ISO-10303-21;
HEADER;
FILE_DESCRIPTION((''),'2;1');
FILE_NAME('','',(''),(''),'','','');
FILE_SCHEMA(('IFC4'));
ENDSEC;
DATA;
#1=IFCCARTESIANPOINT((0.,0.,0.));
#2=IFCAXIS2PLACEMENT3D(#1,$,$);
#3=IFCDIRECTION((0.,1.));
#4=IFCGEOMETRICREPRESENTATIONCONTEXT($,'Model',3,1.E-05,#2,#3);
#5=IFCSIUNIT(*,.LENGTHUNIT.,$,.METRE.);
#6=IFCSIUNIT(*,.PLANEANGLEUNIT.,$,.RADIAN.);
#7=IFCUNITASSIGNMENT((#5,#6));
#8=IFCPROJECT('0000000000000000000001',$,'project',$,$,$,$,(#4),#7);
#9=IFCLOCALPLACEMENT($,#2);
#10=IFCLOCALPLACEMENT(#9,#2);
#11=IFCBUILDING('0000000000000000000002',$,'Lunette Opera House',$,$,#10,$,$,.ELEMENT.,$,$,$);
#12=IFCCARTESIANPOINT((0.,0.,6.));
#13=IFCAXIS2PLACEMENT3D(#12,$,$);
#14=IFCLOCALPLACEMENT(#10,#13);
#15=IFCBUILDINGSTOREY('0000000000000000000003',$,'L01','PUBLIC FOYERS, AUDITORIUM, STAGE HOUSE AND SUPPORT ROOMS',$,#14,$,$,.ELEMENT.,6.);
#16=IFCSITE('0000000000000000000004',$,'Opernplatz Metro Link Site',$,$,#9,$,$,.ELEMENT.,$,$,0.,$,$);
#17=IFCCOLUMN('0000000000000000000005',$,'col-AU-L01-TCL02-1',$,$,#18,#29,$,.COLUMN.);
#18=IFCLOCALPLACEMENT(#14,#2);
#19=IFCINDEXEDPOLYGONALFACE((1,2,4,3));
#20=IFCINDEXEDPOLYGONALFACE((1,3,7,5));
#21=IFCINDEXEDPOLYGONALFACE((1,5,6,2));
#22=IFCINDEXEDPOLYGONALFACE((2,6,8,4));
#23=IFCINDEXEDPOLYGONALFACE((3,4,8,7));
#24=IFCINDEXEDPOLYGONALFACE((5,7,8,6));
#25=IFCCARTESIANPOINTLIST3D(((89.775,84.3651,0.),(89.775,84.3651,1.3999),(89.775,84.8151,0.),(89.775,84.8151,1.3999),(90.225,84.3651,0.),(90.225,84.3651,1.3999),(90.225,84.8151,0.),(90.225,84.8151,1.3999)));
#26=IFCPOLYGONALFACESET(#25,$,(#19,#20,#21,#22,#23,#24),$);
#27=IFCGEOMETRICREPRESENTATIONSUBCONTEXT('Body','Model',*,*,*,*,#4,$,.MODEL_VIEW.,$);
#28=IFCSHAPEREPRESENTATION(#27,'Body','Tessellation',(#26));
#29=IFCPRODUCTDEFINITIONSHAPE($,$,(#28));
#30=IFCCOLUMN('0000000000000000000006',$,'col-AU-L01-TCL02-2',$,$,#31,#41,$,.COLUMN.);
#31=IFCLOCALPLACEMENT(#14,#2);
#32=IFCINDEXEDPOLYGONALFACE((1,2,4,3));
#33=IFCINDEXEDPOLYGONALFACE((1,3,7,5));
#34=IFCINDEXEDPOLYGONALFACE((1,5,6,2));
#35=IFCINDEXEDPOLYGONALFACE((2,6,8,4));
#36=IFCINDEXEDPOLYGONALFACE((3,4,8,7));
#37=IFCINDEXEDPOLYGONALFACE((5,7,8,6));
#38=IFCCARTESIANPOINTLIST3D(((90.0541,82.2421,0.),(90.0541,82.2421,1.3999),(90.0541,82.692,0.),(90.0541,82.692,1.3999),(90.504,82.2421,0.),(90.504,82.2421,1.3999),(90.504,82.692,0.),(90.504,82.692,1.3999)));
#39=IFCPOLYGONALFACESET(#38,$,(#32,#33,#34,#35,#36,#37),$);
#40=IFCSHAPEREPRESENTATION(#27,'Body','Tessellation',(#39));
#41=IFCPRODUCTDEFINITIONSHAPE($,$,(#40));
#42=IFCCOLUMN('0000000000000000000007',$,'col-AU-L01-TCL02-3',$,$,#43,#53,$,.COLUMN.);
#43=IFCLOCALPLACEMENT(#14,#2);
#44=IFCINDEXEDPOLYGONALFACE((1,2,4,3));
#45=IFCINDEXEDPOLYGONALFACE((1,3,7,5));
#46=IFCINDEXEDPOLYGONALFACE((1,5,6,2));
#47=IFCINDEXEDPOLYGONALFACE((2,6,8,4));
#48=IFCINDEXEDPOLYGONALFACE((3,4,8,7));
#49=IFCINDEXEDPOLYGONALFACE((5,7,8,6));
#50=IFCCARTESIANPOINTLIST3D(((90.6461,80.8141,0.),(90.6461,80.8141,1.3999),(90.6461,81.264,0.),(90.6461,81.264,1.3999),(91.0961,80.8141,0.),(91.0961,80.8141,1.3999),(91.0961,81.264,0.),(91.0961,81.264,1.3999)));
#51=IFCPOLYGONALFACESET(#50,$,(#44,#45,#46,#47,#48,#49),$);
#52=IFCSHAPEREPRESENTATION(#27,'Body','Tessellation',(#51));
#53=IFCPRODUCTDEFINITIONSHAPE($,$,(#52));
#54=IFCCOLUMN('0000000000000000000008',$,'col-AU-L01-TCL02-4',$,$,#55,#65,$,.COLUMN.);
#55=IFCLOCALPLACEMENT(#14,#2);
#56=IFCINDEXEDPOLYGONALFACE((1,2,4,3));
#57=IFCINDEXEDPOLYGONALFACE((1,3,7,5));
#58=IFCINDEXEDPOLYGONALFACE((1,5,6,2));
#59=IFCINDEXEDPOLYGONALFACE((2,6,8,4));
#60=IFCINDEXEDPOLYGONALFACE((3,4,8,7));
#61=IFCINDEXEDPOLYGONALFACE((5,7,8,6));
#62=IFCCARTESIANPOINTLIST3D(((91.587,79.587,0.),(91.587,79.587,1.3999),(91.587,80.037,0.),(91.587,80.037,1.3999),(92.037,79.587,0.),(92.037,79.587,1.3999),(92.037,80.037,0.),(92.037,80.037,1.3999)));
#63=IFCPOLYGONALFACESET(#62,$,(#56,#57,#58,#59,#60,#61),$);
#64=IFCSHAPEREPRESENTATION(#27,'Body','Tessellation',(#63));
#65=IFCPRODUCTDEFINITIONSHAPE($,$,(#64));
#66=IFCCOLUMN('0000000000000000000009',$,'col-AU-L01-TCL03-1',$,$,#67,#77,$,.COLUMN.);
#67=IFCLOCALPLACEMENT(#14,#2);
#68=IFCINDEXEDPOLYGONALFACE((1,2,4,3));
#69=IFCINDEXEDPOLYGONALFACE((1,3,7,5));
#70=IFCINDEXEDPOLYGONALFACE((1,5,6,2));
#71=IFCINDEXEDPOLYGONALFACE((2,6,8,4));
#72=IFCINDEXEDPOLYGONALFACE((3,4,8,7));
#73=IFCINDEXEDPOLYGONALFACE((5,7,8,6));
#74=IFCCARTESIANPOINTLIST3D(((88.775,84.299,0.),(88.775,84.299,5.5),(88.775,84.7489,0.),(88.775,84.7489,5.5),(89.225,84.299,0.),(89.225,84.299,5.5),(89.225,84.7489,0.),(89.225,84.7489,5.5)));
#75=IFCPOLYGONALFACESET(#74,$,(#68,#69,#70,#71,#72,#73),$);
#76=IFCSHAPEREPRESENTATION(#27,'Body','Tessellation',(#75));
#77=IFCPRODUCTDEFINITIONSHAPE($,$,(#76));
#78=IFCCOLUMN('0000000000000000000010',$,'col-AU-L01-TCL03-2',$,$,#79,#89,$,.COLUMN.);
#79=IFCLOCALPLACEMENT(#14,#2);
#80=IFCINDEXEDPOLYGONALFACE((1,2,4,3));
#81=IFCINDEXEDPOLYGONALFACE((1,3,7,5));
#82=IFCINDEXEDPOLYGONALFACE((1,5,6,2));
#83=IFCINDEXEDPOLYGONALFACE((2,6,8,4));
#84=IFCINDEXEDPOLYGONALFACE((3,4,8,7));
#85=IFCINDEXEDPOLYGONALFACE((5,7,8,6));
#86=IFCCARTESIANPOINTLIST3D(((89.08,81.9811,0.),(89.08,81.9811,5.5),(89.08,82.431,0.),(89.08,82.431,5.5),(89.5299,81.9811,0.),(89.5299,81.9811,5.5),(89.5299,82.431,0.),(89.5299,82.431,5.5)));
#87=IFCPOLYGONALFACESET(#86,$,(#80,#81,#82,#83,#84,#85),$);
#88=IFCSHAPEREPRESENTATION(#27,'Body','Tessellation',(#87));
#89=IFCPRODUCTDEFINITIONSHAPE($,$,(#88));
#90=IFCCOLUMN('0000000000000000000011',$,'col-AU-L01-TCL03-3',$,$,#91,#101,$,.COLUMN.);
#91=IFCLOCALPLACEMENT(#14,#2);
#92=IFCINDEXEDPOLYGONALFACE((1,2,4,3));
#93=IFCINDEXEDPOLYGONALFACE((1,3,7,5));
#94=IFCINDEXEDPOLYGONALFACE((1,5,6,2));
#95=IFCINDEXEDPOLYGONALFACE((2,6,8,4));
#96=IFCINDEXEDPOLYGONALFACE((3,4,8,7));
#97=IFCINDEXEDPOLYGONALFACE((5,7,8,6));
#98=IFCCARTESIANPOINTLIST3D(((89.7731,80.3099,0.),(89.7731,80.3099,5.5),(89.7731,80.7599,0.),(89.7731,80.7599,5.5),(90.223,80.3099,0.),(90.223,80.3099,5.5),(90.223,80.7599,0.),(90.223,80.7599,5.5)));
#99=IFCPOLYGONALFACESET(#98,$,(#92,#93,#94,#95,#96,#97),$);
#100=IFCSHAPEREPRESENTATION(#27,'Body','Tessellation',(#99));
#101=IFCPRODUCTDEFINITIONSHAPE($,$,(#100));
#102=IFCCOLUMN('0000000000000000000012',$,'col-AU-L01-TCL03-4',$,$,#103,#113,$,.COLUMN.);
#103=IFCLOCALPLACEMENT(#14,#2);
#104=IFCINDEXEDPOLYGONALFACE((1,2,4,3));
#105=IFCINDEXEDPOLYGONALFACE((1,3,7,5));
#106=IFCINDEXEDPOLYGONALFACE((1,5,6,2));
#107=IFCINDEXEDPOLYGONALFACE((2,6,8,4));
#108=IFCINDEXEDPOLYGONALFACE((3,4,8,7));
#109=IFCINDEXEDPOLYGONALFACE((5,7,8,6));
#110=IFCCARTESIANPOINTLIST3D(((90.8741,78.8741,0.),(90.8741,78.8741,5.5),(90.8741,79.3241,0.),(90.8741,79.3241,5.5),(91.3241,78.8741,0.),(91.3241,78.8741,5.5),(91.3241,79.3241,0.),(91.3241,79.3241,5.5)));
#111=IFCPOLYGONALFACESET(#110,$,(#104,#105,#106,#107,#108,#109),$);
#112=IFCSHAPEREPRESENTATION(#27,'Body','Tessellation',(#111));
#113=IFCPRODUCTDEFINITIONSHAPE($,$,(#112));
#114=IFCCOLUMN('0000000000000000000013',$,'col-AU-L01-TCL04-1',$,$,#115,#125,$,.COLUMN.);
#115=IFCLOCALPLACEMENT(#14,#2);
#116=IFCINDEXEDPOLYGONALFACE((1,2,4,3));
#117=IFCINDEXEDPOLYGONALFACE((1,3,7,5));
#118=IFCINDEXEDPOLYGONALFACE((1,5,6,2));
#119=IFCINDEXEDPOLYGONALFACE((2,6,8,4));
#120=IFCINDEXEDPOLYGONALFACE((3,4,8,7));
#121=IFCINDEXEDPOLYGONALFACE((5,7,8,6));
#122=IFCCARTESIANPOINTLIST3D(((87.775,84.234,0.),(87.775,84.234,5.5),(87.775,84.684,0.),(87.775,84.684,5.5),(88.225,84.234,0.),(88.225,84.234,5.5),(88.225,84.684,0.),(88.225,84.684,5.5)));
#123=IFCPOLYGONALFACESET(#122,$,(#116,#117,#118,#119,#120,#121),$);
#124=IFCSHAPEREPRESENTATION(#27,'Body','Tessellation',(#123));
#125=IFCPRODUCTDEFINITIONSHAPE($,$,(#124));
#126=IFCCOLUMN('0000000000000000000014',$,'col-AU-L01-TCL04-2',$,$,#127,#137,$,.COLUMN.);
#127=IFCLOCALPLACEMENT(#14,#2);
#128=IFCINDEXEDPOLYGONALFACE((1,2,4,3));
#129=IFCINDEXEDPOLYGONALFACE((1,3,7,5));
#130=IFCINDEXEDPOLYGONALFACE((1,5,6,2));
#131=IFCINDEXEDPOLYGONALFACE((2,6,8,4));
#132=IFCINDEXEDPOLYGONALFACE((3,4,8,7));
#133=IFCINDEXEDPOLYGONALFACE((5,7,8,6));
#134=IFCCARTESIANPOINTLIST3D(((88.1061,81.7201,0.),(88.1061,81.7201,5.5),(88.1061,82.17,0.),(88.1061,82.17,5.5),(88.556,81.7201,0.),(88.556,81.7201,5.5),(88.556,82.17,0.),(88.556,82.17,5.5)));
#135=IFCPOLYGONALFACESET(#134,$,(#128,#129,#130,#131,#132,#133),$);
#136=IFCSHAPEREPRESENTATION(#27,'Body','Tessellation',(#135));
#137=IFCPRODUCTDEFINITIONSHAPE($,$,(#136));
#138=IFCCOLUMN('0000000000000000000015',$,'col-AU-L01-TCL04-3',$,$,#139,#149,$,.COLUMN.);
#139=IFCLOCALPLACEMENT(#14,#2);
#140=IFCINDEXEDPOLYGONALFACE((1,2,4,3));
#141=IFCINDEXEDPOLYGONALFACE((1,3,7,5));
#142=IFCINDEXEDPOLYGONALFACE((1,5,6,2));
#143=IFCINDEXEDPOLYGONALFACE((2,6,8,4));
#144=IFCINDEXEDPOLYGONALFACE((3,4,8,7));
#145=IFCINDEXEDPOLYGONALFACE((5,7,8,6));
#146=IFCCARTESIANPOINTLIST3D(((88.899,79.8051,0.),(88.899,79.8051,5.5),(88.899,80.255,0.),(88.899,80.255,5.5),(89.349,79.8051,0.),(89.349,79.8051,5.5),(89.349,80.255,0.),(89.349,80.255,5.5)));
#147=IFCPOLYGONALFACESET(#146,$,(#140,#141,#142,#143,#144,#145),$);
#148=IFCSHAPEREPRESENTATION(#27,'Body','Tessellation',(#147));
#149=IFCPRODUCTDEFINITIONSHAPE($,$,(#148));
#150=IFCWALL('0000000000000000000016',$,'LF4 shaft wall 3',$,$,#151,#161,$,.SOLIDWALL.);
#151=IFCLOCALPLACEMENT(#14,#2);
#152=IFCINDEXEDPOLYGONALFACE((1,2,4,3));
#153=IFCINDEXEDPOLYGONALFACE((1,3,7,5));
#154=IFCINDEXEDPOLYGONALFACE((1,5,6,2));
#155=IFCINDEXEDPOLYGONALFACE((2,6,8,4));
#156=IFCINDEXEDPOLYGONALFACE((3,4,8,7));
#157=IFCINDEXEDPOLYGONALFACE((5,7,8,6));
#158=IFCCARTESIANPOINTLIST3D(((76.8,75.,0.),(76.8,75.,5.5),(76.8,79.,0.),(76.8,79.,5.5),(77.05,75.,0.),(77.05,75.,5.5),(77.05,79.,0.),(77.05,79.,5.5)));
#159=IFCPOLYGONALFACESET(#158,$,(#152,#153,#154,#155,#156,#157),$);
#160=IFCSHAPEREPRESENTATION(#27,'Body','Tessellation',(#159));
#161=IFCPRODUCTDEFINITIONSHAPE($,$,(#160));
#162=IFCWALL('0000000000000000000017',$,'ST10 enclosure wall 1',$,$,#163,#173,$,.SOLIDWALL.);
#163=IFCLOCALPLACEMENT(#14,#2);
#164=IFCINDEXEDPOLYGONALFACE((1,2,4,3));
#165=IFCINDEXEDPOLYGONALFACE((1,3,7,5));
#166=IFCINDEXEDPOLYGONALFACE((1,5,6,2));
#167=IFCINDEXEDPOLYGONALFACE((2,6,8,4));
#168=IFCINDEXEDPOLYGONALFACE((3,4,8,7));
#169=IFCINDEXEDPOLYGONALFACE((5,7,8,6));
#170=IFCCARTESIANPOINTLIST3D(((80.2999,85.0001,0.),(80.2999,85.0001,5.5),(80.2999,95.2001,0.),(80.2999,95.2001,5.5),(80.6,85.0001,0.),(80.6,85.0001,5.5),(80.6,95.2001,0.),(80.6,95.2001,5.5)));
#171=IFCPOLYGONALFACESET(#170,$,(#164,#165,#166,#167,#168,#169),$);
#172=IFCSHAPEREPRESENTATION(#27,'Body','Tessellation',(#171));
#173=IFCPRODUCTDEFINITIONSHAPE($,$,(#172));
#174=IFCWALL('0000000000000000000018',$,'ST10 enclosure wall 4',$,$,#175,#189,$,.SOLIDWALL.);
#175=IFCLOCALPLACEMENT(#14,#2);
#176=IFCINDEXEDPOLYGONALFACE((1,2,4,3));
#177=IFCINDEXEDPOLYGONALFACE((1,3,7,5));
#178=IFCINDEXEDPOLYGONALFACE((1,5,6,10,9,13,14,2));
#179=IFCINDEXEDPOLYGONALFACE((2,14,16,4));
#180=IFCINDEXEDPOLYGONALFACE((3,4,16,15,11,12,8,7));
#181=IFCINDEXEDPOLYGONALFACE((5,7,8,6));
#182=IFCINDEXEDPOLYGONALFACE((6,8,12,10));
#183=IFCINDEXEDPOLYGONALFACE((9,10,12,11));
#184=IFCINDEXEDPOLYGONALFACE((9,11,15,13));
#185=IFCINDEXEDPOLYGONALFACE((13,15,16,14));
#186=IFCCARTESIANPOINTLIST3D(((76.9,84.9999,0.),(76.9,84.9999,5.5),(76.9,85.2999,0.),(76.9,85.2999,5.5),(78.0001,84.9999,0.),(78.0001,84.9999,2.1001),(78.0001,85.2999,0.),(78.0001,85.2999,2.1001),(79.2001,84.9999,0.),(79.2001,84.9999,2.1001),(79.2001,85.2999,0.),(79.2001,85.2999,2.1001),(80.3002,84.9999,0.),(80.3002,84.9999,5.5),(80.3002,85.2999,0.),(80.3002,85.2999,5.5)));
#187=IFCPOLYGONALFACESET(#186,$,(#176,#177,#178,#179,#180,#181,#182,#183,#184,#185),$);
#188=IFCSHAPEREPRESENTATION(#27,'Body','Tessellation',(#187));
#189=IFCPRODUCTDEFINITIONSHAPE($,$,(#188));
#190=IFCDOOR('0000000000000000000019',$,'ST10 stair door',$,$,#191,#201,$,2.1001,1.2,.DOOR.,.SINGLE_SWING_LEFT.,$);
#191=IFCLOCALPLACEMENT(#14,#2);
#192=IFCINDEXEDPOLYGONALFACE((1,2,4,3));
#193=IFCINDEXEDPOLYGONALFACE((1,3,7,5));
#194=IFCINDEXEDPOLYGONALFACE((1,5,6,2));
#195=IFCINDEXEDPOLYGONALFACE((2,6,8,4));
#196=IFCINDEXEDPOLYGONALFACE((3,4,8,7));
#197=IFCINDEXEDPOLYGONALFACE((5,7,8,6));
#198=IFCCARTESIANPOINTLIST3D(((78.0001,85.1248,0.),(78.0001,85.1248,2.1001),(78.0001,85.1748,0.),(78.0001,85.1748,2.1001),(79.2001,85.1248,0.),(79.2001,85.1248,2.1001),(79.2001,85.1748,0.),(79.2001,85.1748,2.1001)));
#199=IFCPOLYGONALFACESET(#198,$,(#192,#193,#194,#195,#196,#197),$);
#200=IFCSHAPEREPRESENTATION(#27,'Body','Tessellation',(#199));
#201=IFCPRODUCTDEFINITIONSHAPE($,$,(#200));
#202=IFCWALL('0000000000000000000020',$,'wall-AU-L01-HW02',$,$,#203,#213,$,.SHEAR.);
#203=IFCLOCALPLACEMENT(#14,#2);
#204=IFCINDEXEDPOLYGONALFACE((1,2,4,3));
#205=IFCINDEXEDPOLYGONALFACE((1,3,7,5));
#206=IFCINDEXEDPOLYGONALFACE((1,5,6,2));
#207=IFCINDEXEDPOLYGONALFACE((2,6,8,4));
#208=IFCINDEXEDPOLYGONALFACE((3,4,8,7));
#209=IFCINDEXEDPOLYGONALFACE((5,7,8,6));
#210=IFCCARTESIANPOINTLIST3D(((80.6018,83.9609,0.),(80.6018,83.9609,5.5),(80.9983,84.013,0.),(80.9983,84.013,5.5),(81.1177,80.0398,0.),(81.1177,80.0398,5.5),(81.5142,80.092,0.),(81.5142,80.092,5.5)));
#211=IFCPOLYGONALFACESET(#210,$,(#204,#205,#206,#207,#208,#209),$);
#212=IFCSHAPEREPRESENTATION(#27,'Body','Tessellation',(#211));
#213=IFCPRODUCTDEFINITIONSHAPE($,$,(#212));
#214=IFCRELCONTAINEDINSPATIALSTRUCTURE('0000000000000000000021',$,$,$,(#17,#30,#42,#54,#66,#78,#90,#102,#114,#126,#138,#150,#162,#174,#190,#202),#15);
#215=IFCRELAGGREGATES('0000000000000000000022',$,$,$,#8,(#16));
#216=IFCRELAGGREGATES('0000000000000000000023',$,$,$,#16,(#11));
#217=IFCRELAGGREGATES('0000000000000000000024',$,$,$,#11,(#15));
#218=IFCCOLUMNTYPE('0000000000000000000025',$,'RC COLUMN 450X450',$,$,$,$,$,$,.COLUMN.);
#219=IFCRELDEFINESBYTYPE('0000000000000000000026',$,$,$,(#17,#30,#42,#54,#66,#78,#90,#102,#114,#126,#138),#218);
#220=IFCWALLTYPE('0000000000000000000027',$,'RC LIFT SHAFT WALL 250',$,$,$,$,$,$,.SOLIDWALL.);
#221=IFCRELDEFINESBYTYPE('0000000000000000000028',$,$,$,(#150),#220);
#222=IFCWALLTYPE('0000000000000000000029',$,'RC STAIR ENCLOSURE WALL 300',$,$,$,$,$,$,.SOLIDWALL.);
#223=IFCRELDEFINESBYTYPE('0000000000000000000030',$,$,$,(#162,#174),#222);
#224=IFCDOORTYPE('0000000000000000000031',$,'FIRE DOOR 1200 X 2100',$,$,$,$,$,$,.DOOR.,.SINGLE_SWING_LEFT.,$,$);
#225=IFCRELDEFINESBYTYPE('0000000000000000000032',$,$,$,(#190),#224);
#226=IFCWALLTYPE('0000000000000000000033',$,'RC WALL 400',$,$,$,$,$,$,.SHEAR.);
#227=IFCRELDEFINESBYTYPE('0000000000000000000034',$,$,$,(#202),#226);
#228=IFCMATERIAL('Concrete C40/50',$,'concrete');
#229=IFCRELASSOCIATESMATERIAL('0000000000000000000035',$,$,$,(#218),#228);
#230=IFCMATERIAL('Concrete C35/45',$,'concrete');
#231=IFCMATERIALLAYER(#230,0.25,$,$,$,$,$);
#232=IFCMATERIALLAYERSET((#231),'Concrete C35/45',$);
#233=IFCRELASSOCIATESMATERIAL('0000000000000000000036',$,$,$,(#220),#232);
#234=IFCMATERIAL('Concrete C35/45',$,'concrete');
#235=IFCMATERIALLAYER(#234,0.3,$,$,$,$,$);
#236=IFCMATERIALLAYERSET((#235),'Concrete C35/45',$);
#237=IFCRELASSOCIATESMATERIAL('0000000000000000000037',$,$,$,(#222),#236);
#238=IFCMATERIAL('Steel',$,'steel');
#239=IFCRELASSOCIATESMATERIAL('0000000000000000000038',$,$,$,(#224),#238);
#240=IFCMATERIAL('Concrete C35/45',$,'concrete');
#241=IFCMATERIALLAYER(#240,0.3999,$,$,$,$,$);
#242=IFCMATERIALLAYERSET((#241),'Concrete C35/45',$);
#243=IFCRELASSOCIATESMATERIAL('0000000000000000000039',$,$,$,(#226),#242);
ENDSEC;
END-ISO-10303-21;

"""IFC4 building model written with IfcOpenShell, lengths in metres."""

from ifc_helpers import new_model, si_unit, direction, frame, frame_2d, origin, origin_2d, place, context, subcontext, project, spatial, rectangle, extrude, material, layer, layer_set, material_profile, profile_set, type_object, element, fill, save


model = new_model("IFC4")

# Units and contexts
model_context = context("Model", 3, precision=1e-05, world=origin(), true_north=direction((0.0, 1.0)))
body_context = subcontext(model_context, "Body", "Model", "MODEL_VIEW")
ifc_project = project(units=[si_unit("LENGTHUNIT", "METRE"), si_unit("PLANEANGLEUNIT", "RADIAN")], contexts=[model_context])

# Site, building, storey
site_placement = place(None, origin())
site = spatial("IfcSite", under=ifc_project, at=site_placement, Name="Opernplatz Metro Link Site", CompositionType="ELEMENT", RefElevation=0.0)
building_placement = place(site_placement, origin())
building = spatial("IfcBuilding", under=site, at=building_placement, Name="Lunette Opera House", CompositionType="ELEMENT")
storey_placement = place(building_placement, frame((0.0, 0.0, 6.0)))
storey = spatial("IfcBuildingStorey", under=building, at=storey_placement, Name="L01", Description="PUBLIC FOYERS, AUDITORIUM, STAGE HOUSE AND SUPPORT ROOMS", CompositionType="ELEMENT", Elevation=6.0)

# Columns
ifc_material_1 = material(Name="Concrete C40/50", Category="concrete")
ifc_material_profile = material_profile(ifc_material_1, rectangle(XDim=0.45, YDim=0.45, at=origin_2d()), Name="RC COLUMN 450X450")
ifc_profile_set = profile_set([ifc_material_profile], Name="Concrete C40/50")
column_type = type_object("IfcColumnType", Name="RC COLUMN 450X450", PredefinedType="COLUMN", material=ifc_profile_set)
for number, where, z_axis, x_axis, name in (
    (1, (90.0, 84.5901, 0.0), (0.0, 0.0, 1.0), (1.0, 0.0, 0.0), "col-AU-L01-TCL02-1"),
    (2, (90.2791, 82.467, 0.0), (0.0, 0.0, 1.0), (1.0, 0.0, 0.0), "col-AU-L01-TCL02-2"),
    (3, (90.8711, 81.0391, 0.0), (0.0, 0.0, 1.0), (1.0, 0.0, 0.0), "col-AU-L01-TCL02-3"),
    (4, (91.812, 79.812, 0.0), (0.0, 0.0, 1.0), (1.0, 0.0, 0.0), "col-AU-L01-TCL02-4"),
):
    element("IfcColumn", number, at=place(storey_placement, frame(where, z_axis=z_axis, x_axis=x_axis)), inside=storey, type_object=column_type, Name=name, PredefinedType="COLUMN", context=body_context, shape_type="SweptSolid", body=[
        extrude(rectangle(XDim=0.45, YDim=0.45, at=origin_2d()), origin(), (0.0, 0.0, 1.0), 1.3999),
    ])
for number, where, z_axis, x_axis, name in (
    (5, (89.0, 84.5239, 0.0), (0.0, 0.0, 1.0), (1.0, 0.0, 0.0), "col-AU-L01-TCL03-1"),
    (6, (89.3049, 82.2061, 0.0), (0.0, 0.0, 1.0), (1.0, 0.0, 0.0), "col-AU-L01-TCL03-2"),
    (7, (89.998, 80.5349, 0.0), (0.0, 0.0, 1.0), (1.0, 0.0, 0.0), "col-AU-L01-TCL03-3"),
    (8, (91.0991, 79.0991, 0.0), (0.0, 0.0, 1.0), (1.0, 0.0, 0.0), "col-AU-L01-TCL03-4"),
    (9, (88.0, 84.459, 0.0), (0.0, 0.0, 1.0), (1.0, 0.0, 0.0), "col-AU-L01-TCL04-1"),
    (10, (88.3311, 81.9451, 0.0), (0.0, 0.0, 1.0), (1.0, 0.0, 0.0), "col-AU-L01-TCL04-2"),
    (11, (89.124, 80.03, 0.0), (0.0, 0.0, 1.0), (1.0, 0.0, 0.0), "col-AU-L01-TCL04-3"),
):
    element("IfcColumn", number, at=place(storey_placement, frame(where, z_axis=z_axis, x_axis=x_axis)), inside=storey, type_object=column_type, Name=name, PredefinedType="COLUMN", context=body_context, shape_type="SweptSolid", body=[
        extrude(rectangle(XDim=0.45, YDim=0.45, at=origin_2d()), origin(), (0.0, 0.0, 1.0), 5.5),
    ])

# Walls
ifc_material_2 = material(Name="Concrete C35/45", Category="concrete")
ifc_layer_1 = layer(ifc_material_2, 0.25)
ifc_layer_set_1 = layer_set([ifc_layer_1], Name="Concrete C35/45")
wall_type_1 = type_object("IfcWallType", Name="RC LIFT SHAFT WALL 250", PredefinedType="SOLIDWALL", material=ifc_layer_set_1)
wall_1_placement = place(storey_placement, frame((76.925, 79.0, 0.0), z_axis=(0.0, 0.0, 1.0), x_axis=(0.0, -1.0, 0.0)))
element("IfcWall", 12, at=wall_1_placement, inside=storey, type_object=wall_type_1, Name="LF4 shaft wall 3", PredefinedType="SOLIDWALL", context=body_context, shape_type="SweptSolid", body=[
    extrude(rectangle(XDim=4.0, YDim=0.25, at=frame_2d((2.0, 0.0))), origin(), (0.0, 0.0, 1.0), 5.5),
])
ifc_material_3 = material(Name="Concrete C35/45", Category="concrete")
ifc_layer_2 = layer(ifc_material_3, 0.3)
ifc_layer_set_2 = layer_set([ifc_layer_2], Name="Concrete C35/45")
wall_type_2 = type_object("IfcWallType", Name="RC STAIR ENCLOSURE WALL 300", PredefinedType="SOLIDWALL", material=ifc_layer_set_2)
wall_2_placement = place(storey_placement, frame((80.45, 85.0, 0.0), z_axis=(0.0, 0.0, 1.0), x_axis=(0.0, 1.0, 0.0)))
element("IfcWall", 13, at=wall_2_placement, inside=storey, type_object=wall_type_2, Name="ST10 enclosure wall 1", PredefinedType="SOLIDWALL", context=body_context, shape_type="SweptSolid", body=[
    extrude(rectangle(XDim=10.2, YDim=0.3, at=frame_2d((5.1001, 0.0))), origin(), (0.0, 0.0, 1.0), 5.5),
])

# Wall, opening, door
wall_3_placement = place(storey_placement, frame((76.8999, 85.1499, 0.0), z_axis=(0.0, 0.0, 1.0), x_axis=(1.0, 0.0, 0.0)))
wall_3 = element("IfcWall", 14, at=wall_3_placement, inside=storey, type_object=wall_type_2, Name="ST10 enclosure wall 4", PredefinedType="SOLIDWALL", context=body_context, shape_type="SweptSolid", body=[
    extrude(rectangle(XDim=3.4001, YDim=0.3, at=frame_2d((1.7002, 0.0))), origin(), (0.0, 0.0, 1.0), 5.5),
])
opening_1_placement = place(wall_3_placement, frame((1.1001, 0.0, 0.0)))
opening_1 = element("IfcOpeningElement", 15, at=opening_1_placement, cuts=wall_3, PredefinedType="OPENING", context=body_context, shape_type="SweptSolid", body=[
    extrude(rectangle(XDim=1.2, YDim=2.1001, at=frame_2d((0.6001, 1.05))), frame((0.0, 0.1621, 0.0), z_axis=(0.0, -1.0, 0.0), x_axis=(1.0, 0.0, 0.0)), (0.0, 0.0, 1.0), 0.324),
])
ifc_material_4 = material(Name="Steel", Category="steel")
door_type = type_object("IfcDoorType", Name="FIRE DOOR 1200 X 2100", OperationType="SINGLE_SWING_LEFT", PredefinedType="DOOR", material=ifc_material_4)
door_placement = place(opening_1_placement, origin())
door = element("IfcDoor", 16, at=door_placement, inside=storey, type_object=door_type, Name="ST10 stair door", OperationType="SINGLE_SWING_LEFT", OverallHeight=2.1001, OverallWidth=1.2, PredefinedType="DOOR", context=body_context, shape_type="SweptSolid", body=[
    extrude(rectangle(XDim=1.2, YDim=2.1001, at=frame_2d((0.6001, 1.05))), frame((0.0, 0.0249, 0.0), z_axis=(0.0, -1.0, 0.0), x_axis=(1.0, 0.0, 0.0)), (0.0, 0.0, 1.0), 0.05),
])
fill(opening_1, door)

# Wall
ifc_material_5 = material(Name="Concrete C35/45", Category="concrete")
ifc_layer_3 = layer(ifc_material_5, 0.3999)
ifc_layer_set_3 = layer_set([ifc_layer_3], Name="Concrete C35/45")
wall_type_3 = type_object("IfcWallType", Name="RC WALL 400", PredefinedType="SHEAR", material=ifc_layer_set_3)
wall_4_placement = place(storey_placement, frame((80.8, 83.9871, 0.0), z_axis=(0.0, 0.0, 1.0), x_axis=(0.130437, -0.991457, 0.0)))
element("IfcWall", 17, at=wall_4_placement, inside=storey, type_object=wall_type_3, Name="wall-AU-L01-HW02", PredefinedType="SHEAR", context=body_context, shape_type="SweptSolid", body=[
    extrude(rectangle(XDim=3.9548, YDim=0.3999, at=frame_2d((1.9775, 0.0))), origin(), (0.0, 0.0, 1.0), 5.5),
])

save(model, "model.ifc")
